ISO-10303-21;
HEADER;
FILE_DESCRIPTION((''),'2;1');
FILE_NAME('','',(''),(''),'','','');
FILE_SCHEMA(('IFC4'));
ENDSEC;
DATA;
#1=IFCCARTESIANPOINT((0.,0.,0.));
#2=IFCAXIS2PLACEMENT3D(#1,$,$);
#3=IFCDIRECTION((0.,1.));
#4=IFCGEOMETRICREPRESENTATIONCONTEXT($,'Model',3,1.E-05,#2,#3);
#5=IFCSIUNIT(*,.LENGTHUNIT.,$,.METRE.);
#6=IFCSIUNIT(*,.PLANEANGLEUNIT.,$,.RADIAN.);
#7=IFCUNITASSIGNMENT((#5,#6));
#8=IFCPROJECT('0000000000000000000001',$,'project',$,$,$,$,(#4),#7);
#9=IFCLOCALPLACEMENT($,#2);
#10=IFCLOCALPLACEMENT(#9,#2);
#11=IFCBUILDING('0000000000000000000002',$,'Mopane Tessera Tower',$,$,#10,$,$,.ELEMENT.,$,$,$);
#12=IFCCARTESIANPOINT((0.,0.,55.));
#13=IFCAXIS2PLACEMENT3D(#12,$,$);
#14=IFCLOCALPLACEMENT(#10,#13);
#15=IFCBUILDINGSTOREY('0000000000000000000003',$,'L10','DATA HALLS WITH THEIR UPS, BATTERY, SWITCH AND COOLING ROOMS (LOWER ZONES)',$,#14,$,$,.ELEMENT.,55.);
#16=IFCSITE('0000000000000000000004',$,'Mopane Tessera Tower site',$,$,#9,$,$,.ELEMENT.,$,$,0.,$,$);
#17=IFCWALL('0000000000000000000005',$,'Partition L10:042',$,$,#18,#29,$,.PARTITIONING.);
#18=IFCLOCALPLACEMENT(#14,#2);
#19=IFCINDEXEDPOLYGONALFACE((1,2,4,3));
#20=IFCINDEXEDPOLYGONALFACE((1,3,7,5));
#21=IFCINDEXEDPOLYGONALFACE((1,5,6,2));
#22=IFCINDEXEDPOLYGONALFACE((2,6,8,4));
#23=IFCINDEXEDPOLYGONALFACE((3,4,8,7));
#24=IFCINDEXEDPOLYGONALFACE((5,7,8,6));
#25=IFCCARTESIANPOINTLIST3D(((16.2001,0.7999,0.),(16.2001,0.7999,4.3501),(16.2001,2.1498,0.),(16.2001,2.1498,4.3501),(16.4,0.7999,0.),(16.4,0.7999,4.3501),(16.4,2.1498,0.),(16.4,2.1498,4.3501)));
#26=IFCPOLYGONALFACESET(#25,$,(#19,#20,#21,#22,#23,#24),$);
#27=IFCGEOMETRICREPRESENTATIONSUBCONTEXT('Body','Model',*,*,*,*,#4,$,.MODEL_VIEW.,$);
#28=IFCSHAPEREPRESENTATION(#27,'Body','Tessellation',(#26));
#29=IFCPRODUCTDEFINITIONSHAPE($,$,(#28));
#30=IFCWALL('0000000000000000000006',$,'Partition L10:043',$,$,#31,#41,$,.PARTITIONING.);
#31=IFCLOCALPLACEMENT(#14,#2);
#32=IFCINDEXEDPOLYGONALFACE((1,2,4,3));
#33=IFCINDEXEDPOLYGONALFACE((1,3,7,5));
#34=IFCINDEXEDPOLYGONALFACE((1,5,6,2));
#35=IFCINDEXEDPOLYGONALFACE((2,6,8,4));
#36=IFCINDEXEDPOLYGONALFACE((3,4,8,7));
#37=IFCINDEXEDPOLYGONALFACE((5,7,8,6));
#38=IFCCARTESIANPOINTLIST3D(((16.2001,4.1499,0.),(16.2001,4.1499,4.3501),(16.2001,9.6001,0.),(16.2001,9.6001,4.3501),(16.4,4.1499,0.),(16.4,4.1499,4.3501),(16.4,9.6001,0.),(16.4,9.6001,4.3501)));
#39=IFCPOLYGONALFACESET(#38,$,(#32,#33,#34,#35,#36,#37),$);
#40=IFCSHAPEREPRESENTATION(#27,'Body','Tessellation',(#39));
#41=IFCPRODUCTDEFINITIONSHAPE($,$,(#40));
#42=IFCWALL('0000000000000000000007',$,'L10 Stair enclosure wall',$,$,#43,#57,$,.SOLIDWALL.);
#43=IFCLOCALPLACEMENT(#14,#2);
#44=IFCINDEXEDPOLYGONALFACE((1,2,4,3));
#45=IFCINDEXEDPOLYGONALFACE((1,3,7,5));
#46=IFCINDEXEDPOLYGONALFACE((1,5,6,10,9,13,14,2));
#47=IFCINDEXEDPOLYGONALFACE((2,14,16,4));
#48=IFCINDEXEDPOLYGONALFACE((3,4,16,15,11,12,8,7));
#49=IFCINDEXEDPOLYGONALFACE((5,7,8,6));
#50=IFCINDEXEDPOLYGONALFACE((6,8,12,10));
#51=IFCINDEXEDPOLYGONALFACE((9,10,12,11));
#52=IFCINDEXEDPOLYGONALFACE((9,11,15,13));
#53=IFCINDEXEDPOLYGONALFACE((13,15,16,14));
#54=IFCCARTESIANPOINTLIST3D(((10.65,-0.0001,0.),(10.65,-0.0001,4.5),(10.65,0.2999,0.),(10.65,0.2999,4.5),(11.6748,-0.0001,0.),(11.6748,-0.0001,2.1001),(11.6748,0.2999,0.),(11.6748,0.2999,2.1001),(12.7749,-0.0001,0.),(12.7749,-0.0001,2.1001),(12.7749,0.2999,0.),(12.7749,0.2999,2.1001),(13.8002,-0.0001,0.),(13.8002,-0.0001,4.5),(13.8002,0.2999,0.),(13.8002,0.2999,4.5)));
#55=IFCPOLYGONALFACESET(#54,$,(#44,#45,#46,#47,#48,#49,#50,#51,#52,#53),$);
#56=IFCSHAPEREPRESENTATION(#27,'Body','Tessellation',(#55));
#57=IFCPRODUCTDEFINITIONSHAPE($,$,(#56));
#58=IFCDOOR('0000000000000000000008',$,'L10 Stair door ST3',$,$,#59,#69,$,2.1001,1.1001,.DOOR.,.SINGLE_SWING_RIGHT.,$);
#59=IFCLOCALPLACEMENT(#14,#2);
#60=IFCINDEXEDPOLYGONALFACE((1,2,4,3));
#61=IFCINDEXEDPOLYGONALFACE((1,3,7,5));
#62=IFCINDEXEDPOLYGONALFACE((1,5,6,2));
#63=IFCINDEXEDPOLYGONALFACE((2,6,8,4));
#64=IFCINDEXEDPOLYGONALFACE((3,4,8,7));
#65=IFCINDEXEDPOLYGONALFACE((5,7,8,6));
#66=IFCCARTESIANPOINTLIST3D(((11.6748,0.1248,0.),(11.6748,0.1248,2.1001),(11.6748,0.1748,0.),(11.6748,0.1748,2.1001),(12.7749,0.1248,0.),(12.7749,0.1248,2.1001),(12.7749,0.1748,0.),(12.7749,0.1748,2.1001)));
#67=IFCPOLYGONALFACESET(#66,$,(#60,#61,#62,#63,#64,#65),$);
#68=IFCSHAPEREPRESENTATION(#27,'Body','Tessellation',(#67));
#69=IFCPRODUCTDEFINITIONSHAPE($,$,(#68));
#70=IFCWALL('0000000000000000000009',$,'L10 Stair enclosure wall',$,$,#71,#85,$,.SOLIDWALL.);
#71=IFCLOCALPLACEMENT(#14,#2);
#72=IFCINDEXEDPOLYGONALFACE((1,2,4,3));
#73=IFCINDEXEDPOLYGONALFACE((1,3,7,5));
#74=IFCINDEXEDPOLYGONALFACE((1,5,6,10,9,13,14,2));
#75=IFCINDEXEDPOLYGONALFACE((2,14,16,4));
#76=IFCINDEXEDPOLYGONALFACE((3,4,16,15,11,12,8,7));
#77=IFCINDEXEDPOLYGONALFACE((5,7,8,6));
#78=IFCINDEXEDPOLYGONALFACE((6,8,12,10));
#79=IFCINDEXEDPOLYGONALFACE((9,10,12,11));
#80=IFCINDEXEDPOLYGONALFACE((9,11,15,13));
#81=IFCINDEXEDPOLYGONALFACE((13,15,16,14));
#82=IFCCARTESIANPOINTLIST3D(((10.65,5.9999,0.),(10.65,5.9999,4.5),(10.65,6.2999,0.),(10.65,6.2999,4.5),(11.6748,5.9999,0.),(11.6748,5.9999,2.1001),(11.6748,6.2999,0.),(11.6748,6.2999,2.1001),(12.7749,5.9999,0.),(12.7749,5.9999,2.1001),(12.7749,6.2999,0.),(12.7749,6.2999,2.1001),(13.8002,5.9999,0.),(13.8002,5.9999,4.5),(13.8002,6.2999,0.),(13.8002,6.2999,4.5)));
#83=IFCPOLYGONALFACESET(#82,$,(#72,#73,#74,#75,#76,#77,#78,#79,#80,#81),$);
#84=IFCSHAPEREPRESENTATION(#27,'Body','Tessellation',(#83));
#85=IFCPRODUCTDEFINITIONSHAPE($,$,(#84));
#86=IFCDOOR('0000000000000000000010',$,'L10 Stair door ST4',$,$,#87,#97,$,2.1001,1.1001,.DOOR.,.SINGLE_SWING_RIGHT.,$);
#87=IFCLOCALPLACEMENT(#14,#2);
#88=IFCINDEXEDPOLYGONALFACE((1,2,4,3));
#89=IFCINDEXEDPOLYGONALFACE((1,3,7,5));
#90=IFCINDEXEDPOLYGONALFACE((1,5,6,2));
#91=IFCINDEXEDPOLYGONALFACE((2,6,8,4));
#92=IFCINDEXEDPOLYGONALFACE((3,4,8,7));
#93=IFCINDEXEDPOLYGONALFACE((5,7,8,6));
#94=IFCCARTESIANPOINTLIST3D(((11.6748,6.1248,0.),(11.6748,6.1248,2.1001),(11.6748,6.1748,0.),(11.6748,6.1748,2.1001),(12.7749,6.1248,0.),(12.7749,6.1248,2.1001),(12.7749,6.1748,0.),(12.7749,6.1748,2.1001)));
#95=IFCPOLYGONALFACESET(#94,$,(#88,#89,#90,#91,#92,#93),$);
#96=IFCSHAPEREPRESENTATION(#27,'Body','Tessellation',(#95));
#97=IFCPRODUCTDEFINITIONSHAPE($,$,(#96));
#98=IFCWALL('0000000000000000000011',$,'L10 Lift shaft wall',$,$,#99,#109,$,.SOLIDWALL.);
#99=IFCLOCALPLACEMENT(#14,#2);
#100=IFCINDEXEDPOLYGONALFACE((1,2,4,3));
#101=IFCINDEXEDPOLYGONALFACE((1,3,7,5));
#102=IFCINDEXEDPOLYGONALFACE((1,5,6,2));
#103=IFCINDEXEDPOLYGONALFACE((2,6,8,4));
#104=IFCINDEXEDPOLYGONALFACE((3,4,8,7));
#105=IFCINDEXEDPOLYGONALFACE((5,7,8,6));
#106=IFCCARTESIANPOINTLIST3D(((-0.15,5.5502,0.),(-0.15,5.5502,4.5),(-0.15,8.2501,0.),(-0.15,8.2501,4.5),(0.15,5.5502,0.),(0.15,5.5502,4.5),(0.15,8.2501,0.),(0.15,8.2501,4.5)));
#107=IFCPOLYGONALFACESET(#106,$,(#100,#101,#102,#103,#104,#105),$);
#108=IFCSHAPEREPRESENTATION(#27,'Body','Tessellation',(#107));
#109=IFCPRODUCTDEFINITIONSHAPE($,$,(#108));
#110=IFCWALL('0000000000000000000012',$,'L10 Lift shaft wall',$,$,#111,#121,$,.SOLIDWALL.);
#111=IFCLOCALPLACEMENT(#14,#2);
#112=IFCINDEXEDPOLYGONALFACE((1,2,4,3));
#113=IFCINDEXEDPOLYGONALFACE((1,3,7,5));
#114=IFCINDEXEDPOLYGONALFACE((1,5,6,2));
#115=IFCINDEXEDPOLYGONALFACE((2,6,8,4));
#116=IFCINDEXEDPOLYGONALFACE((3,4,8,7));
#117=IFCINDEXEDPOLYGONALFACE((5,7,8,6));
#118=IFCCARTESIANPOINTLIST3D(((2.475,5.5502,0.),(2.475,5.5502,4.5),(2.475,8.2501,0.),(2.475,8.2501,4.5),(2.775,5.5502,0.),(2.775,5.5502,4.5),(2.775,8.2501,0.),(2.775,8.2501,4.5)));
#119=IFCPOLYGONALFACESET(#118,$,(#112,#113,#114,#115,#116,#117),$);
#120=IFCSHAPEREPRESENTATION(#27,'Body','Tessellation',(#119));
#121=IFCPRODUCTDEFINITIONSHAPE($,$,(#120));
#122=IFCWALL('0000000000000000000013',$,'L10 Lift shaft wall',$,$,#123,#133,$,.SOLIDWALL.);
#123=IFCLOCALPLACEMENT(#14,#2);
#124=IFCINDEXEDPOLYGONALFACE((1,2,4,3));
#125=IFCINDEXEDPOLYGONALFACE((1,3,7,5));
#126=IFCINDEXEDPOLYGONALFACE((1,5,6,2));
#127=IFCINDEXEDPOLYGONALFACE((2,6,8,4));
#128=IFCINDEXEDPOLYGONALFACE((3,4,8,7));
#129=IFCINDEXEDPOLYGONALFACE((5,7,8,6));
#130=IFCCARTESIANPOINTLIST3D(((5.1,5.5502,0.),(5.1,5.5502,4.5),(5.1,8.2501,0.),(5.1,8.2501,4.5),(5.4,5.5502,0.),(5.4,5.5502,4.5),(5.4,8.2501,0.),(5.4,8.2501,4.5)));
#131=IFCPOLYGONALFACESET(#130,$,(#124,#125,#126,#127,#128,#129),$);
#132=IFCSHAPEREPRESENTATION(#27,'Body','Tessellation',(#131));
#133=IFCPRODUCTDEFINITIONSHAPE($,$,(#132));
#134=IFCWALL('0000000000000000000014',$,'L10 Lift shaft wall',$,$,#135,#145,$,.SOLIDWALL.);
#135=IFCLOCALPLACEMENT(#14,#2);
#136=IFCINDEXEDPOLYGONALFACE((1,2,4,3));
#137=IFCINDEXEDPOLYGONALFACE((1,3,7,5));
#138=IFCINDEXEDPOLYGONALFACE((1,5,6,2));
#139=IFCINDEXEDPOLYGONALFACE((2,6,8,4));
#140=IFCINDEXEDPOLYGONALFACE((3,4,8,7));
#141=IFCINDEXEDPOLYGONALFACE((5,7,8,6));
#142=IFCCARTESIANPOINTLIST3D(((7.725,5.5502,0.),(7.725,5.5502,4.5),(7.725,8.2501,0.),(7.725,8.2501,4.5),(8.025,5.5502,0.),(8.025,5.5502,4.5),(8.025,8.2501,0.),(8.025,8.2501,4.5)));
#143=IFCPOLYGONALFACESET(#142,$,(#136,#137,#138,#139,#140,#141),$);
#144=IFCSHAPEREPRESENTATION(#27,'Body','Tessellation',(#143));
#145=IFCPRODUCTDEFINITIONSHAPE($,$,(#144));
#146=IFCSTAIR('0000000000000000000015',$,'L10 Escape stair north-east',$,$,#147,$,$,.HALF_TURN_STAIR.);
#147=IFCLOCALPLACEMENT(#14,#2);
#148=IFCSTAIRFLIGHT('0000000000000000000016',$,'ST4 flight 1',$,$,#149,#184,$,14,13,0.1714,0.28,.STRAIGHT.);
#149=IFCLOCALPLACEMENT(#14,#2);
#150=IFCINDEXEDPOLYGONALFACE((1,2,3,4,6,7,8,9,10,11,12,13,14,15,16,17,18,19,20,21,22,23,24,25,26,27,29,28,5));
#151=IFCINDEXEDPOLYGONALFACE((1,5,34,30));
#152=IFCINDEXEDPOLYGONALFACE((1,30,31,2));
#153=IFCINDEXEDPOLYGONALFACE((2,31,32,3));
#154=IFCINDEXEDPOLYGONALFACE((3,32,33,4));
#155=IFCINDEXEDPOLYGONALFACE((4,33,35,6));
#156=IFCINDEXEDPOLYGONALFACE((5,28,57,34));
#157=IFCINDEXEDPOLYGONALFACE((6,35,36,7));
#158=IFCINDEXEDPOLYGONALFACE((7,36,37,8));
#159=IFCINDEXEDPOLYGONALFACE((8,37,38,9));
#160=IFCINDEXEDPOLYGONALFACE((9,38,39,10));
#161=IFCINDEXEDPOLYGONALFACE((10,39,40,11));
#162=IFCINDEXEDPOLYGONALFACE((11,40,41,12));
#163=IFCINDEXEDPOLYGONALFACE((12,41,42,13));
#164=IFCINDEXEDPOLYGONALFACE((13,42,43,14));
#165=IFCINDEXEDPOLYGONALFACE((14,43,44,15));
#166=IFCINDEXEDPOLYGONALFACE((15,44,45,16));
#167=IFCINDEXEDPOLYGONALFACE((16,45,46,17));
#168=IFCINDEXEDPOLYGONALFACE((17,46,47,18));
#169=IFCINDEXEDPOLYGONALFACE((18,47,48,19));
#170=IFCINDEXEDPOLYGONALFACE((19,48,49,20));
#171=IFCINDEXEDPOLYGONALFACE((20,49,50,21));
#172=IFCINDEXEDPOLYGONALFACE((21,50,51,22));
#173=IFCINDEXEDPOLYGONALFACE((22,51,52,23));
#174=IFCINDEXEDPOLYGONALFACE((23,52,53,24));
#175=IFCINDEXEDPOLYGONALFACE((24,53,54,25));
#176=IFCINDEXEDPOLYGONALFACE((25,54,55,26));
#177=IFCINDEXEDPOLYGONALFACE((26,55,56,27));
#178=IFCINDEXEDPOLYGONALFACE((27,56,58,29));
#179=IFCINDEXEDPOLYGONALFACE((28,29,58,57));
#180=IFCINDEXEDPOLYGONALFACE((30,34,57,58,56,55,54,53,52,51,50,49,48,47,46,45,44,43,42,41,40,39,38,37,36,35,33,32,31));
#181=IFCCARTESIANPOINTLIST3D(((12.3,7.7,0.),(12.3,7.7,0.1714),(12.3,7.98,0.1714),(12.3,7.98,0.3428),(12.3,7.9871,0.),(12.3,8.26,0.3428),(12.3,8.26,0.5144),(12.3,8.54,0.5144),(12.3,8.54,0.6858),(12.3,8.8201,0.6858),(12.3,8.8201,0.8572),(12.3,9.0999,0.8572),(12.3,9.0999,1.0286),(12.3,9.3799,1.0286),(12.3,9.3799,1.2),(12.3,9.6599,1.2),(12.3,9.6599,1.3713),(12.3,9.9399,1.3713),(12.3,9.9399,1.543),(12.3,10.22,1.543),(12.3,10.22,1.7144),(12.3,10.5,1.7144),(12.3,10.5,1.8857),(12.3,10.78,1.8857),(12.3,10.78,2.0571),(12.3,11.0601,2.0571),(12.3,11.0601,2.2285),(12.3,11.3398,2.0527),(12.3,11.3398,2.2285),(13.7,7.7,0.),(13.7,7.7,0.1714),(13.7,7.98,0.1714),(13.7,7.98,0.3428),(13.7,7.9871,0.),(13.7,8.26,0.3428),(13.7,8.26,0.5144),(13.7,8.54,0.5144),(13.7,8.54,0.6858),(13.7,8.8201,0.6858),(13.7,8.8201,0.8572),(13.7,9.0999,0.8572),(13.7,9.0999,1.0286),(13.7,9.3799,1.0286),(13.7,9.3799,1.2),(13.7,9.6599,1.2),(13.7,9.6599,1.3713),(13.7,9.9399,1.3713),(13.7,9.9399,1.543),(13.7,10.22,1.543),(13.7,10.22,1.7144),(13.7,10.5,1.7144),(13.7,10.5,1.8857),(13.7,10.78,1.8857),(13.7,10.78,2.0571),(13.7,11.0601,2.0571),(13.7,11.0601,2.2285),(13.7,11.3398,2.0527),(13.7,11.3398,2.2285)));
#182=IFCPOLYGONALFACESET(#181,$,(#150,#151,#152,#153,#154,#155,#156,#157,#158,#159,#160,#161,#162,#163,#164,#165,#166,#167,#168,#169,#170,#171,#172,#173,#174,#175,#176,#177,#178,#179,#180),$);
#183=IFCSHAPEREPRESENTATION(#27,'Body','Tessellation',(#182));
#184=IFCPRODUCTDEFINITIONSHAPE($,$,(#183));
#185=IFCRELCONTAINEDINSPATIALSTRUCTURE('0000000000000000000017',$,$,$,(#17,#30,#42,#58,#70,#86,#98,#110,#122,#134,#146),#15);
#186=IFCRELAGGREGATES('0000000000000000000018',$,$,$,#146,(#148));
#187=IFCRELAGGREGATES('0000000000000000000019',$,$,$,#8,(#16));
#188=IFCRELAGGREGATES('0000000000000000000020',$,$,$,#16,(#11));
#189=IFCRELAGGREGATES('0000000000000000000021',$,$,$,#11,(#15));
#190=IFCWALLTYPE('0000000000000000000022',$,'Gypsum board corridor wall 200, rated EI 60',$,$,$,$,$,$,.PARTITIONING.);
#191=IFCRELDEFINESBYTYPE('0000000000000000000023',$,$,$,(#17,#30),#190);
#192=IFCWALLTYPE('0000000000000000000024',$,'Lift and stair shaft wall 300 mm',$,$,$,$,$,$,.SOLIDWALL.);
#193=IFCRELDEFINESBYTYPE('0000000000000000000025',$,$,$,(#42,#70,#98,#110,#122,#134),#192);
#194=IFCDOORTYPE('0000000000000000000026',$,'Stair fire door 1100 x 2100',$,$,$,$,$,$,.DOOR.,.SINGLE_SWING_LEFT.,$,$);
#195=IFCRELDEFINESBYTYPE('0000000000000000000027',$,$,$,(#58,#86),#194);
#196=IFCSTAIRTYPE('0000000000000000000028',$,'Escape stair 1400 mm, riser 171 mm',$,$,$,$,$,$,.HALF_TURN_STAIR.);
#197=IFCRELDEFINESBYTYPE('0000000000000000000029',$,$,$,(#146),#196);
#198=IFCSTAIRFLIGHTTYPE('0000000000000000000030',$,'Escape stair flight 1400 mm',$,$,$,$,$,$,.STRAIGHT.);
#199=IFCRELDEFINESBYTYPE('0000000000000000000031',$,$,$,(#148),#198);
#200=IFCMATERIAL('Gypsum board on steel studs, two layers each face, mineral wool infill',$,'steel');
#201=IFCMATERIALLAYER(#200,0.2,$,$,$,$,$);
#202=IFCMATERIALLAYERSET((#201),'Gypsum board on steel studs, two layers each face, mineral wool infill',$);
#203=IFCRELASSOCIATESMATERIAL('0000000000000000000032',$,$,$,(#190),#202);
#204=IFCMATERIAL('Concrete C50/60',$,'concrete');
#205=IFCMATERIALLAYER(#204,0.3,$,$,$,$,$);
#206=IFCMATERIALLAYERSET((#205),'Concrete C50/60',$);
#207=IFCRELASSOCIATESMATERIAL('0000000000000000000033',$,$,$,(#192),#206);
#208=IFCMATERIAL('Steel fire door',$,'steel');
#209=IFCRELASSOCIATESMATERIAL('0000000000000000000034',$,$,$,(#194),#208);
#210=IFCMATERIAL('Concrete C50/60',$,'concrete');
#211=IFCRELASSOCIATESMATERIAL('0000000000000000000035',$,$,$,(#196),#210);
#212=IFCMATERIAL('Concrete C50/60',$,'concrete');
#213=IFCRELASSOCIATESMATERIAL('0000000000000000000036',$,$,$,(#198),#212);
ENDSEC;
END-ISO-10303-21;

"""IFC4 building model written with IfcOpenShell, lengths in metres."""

from ifc_helpers import new_model, si_unit, direction, frame, frame_2d, origin, place, context, subcontext, project, spatial, polyline, rectangle, outline, extrude, material, layer, layer_set, type_object, element, fill, aggregate, save


model = new_model("IFC4")

# Units and contexts
model_context = context("Model", 3, precision=1e-05, world=origin(), true_north=direction((0.0, 1.0)))
body_context = subcontext(model_context, "Body", "Model", "MODEL_VIEW")
ifc_project = project(units=[si_unit("LENGTHUNIT", "METRE"), si_unit("PLANEANGLEUNIT", "RADIAN")], contexts=[model_context])

# Site, building, storey
site_placement = place(None, origin())
site = spatial("IfcSite", under=ifc_project, at=site_placement, Name="Mopane Tessera Tower site", CompositionType="ELEMENT", RefElevation=0.0)
building_placement = place(site_placement, origin())
building = spatial("IfcBuilding", under=site, at=building_placement, Name="Mopane Tessera Tower", CompositionType="ELEMENT")
storey_placement = place(building_placement, frame((0.0, 0.0, 55.0)))
storey = spatial("IfcBuildingStorey", under=building, at=storey_placement, Name="L10", Description="DATA HALLS WITH THEIR UPS, BATTERY, SWITCH AND COOLING ROOMS (LOWER ZONES)", CompositionType="ELEMENT", Elevation=55.0)

# Walls
ifc_material_1 = material(Name="Gypsum board on steel studs, two layers each face, mineral wool infill", Category="steel")
ifc_layer_1 = layer(ifc_material_1, 0.2)
ifc_layer_set_1 = layer_set([ifc_layer_1], Name="Gypsum board on steel studs, two layers each face, mineral wool infill")
wall_type_1 = type_object("IfcWallType", Name="Gypsum board corridor wall 200, rated EI 60", PredefinedType="PARTITIONING", material=ifc_layer_set_1)
wall_1_placement = place(storey_placement, frame((16.3, 0.8, 0.0), z_axis=(0.0, 0.0, 1.0), x_axis=(0.0, 1.0, 0.0)))
element("IfcWall", 1, at=wall_1_placement, inside=storey, type_object=wall_type_1, Name="Partition L10:042", PredefinedType="PARTITIONING", context=body_context, shape_type="SweptSolid", body=[
    extrude(rectangle(XDim=1.3499, YDim=0.2, at=frame_2d((0.6748, 0.0))), origin(), (0.0, 0.0, 1.0), 4.3501),
])
wall_2_placement = place(storey_placement, frame((16.3, 4.1499, 0.0), z_axis=(0.0, 0.0, 1.0), x_axis=(0.0, 1.0, 0.0)))
element("IfcWall", 2, at=wall_2_placement, inside=storey, type_object=wall_type_1, Name="Partition L10:043", PredefinedType="PARTITIONING", context=body_context, shape_type="SweptSolid", body=[
    extrude(rectangle(XDim=5.4502, YDim=0.2, at=frame_2d((2.7251, 0.0))), origin(), (0.0, 0.0, 1.0), 4.3501),
])

# Walls, openings, doors
ifc_material_2 = material(Name="Concrete C50/60", Category="concrete")
ifc_layer_2 = layer(ifc_material_2, 0.3)
ifc_layer_set_2 = layer_set([ifc_layer_2], Name="Concrete C50/60")
wall_type_2 = type_object("IfcWallType", Name="Lift and stair shaft wall 300 mm", PredefinedType="SOLIDWALL", material=ifc_layer_set_2)
wall_3_placement = place(storey_placement, frame((10.6499, 0.1499, 0.0), z_axis=(0.0, 0.0, 1.0), x_axis=(1.0, 0.0, 0.0)))
wall_3 = element("IfcWall", 3, at=wall_3_placement, inside=storey, type_object=wall_type_2, Name="L10 Stair enclosure wall", PredefinedType="SOLIDWALL", context=body_context, shape_type="SweptSolid", body=[
    extrude(rectangle(XDim=3.1501, YDim=0.3, at=frame_2d((1.5752, 0.0))), origin(), (0.0, 0.0, 1.0), 4.5),
])
opening_1_placement = place(wall_3_placement, frame((1.0249, 0.0, 0.0)))
opening_1 = element("IfcOpeningElement", 4, at=opening_1_placement, cuts=wall_3, PredefinedType="OPENING", context=body_context, shape_type="SweptSolid", body=[
    extrude(rectangle(XDim=1.1001, YDim=2.1001, at=frame_2d((0.55, 1.05))), frame((0.0, 0.1621, 0.0), z_axis=(0.0, -1.0, 0.0), x_axis=(1.0, 0.0, 0.0)), (0.0, 0.0, 1.0), 0.324),
])
ifc_material_3 = material(Name="Steel fire door", Category="steel")
door_type = type_object("IfcDoorType", Name="Stair fire door 1100 x 2100", OperationType="SINGLE_SWING_LEFT", PredefinedType="DOOR", material=ifc_material_3)
door_1_placement = place(opening_1_placement, origin())
door_1 = element("IfcDoor", 5, at=door_1_placement, inside=storey, type_object=door_type, Name="L10 Stair door ST3", OperationType="SINGLE_SWING_RIGHT", OverallHeight=2.1001, OverallWidth=1.1001, PredefinedType="DOOR", context=body_context, shape_type="SweptSolid", body=[
    extrude(rectangle(XDim=1.1001, YDim=2.1001, at=frame_2d((0.55, 1.05))), frame((0.0, 0.0249, 0.0), z_axis=(0.0, -1.0, 0.0), x_axis=(1.0, 0.0, 0.0)), (0.0, 0.0, 1.0), 0.05),
])
fill(opening_1, door_1)
wall_4_placement = place(storey_placement, frame((10.6499, 6.1499, 0.0), z_axis=(0.0, 0.0, 1.0), x_axis=(1.0, 0.0, 0.0)))
wall_4 = element("IfcWall", 6, at=wall_4_placement, inside=storey, type_object=wall_type_2, Name="L10 Stair enclosure wall", PredefinedType="SOLIDWALL", context=body_context, shape_type="SweptSolid", body=[
    extrude(rectangle(XDim=3.1501, YDim=0.3, at=frame_2d((1.5752, 0.0))), origin(), (0.0, 0.0, 1.0), 4.5),
])
opening_2_placement = place(wall_4_placement, frame((1.0249, 0.0, 0.0)))
opening_2 = element("IfcOpeningElement", 7, at=opening_2_placement, cuts=wall_4, PredefinedType="OPENING", context=body_context, shape_type="SweptSolid", body=[
    extrude(rectangle(XDim=1.1001, YDim=2.1001, at=frame_2d((0.55, 1.05))), frame((0.0, 0.1621, 0.0), z_axis=(0.0, -1.0, 0.0), x_axis=(1.0, 0.0, 0.0)), (0.0, 0.0, 1.0), 0.324),
])
door_2_placement = place(opening_2_placement, origin())
door_2 = element("IfcDoor", 8, at=door_2_placement, inside=storey, type_object=door_type, Name="L10 Stair door ST4", OperationType="SINGLE_SWING_RIGHT", OverallHeight=2.1001, OverallWidth=1.1001, PredefinedType="DOOR", context=body_context, shape_type="SweptSolid", body=[
    extrude(rectangle(XDim=1.1001, YDim=2.1001, at=frame_2d((0.55, 1.05))), frame((0.0, 0.0249, 0.0), z_axis=(0.0, -1.0, 0.0), x_axis=(1.0, 0.0, 0.0)), (0.0, 0.0, 1.0), 0.05),
])
fill(opening_2, door_2)

# Walls
for number, where, z_axis, x_axis, name in (
    (9, (0.0, 5.55, 0.0), (0.0, 0.0, 1.0), (0.0, 1.0, 0.0), "L10 Lift shaft wall"),
    (10, (2.625, 5.55, 0.0), (0.0, 0.0, 1.0), (0.0, 1.0, 0.0), "L10 Lift shaft wall"),
    (11, (5.25, 5.55, 0.0), (0.0, 0.0, 1.0), (0.0, 1.0, 0.0), "L10 Lift shaft wall"),
    (12, (7.875, 5.55, 0.0), (0.0, 0.0, 1.0), (0.0, 1.0, 0.0), "L10 Lift shaft wall"),
):
    element("IfcWall", number, at=place(storey_placement, frame(where, z_axis=z_axis, x_axis=x_axis)), inside=storey, type_object=wall_type_2, Name=name, PredefinedType="SOLIDWALL", context=body_context, shape_type="SweptSolid", body=[
        extrude(rectangle(XDim=2.7, YDim=0.3, at=frame_2d((1.3501, 0.0))), origin(), (0.0, 0.0, 1.0), 4.5),
    ])

# Stair, stair flight
ifc_material_4 = material(Name="Concrete C50/60", Category="concrete")
stair_type = type_object("IfcStairType", Name="Escape stair 1400 mm, riser 171 mm", PredefinedType="HALF_TURN_STAIR", material=ifc_material_4)
stair_placement = place(storey_placement, origin())
stair = element("IfcStair", 13, at=stair_placement, inside=storey, type_object=stair_type, Name="L10 Escape stair north-east", PredefinedType="HALF_TURN_STAIR")
ifc_material_5 = material(Name="Concrete C50/60", Category="concrete")
stair_flight_type = type_object("IfcStairFlightType", Name="Escape stair flight 1400 mm", PredefinedType="STRAIGHT", material=ifc_material_5)
stair_flight_placement = place(storey_placement, frame((13.0, 7.7, 0.0), z_axis=(0.0, 0.0, 1.0), x_axis=(0.0, 1.0, 0.0)))
stair_flight = element("IfcStairFlight", 14, at=stair_flight_placement, type_object=stair_flight_type, Name="ST4 flight 1", NumberOfRisers=14, NumberOfTreads=13, PredefinedType="STRAIGHT", RiserHeight=0.1714, TreadLength=0.28, context=body_context, shape_type="SweptSolid", body=[
    extrude(outline(polyline([(0.0, 0.0), (0.0, 0.1714), (0.28, 0.1714), (0.28, 0.3428), (0.5601, 0.3428), (0.5601, 0.5144), (0.8401, 0.5144), (0.8401, 0.6858), (1.1201, 0.6858), (1.1201, 0.8572), (1.3999, 0.8572), (1.3999, 1.0286), (1.6799, 1.0286), (1.6799, 1.2), (1.96, 1.2), (1.96, 1.3713), (2.24, 1.3713), (2.24, 1.543), (2.52, 1.543), (2.52, 1.7144), (2.8, 1.7144), (2.8, 1.8857), (3.0801, 1.8857), (3.0801, 2.0571), (3.3601, 2.0571), (3.3601, 2.2285), (3.6399, 2.2285), (3.6399, 2.3999), (3.6399, 2.0527), (0.2871, 0.0), (0.0, 0.0)])), frame((0.0, 0.7, 0.0), z_axis=(0.0, -1.0, 0.0), x_axis=(1.0, 0.0, 0.0)), (0.0, 0.0, 1.0), 1.3999),
])
aggregate(stair, [stair_flight])

save(model, "model.ifc")
